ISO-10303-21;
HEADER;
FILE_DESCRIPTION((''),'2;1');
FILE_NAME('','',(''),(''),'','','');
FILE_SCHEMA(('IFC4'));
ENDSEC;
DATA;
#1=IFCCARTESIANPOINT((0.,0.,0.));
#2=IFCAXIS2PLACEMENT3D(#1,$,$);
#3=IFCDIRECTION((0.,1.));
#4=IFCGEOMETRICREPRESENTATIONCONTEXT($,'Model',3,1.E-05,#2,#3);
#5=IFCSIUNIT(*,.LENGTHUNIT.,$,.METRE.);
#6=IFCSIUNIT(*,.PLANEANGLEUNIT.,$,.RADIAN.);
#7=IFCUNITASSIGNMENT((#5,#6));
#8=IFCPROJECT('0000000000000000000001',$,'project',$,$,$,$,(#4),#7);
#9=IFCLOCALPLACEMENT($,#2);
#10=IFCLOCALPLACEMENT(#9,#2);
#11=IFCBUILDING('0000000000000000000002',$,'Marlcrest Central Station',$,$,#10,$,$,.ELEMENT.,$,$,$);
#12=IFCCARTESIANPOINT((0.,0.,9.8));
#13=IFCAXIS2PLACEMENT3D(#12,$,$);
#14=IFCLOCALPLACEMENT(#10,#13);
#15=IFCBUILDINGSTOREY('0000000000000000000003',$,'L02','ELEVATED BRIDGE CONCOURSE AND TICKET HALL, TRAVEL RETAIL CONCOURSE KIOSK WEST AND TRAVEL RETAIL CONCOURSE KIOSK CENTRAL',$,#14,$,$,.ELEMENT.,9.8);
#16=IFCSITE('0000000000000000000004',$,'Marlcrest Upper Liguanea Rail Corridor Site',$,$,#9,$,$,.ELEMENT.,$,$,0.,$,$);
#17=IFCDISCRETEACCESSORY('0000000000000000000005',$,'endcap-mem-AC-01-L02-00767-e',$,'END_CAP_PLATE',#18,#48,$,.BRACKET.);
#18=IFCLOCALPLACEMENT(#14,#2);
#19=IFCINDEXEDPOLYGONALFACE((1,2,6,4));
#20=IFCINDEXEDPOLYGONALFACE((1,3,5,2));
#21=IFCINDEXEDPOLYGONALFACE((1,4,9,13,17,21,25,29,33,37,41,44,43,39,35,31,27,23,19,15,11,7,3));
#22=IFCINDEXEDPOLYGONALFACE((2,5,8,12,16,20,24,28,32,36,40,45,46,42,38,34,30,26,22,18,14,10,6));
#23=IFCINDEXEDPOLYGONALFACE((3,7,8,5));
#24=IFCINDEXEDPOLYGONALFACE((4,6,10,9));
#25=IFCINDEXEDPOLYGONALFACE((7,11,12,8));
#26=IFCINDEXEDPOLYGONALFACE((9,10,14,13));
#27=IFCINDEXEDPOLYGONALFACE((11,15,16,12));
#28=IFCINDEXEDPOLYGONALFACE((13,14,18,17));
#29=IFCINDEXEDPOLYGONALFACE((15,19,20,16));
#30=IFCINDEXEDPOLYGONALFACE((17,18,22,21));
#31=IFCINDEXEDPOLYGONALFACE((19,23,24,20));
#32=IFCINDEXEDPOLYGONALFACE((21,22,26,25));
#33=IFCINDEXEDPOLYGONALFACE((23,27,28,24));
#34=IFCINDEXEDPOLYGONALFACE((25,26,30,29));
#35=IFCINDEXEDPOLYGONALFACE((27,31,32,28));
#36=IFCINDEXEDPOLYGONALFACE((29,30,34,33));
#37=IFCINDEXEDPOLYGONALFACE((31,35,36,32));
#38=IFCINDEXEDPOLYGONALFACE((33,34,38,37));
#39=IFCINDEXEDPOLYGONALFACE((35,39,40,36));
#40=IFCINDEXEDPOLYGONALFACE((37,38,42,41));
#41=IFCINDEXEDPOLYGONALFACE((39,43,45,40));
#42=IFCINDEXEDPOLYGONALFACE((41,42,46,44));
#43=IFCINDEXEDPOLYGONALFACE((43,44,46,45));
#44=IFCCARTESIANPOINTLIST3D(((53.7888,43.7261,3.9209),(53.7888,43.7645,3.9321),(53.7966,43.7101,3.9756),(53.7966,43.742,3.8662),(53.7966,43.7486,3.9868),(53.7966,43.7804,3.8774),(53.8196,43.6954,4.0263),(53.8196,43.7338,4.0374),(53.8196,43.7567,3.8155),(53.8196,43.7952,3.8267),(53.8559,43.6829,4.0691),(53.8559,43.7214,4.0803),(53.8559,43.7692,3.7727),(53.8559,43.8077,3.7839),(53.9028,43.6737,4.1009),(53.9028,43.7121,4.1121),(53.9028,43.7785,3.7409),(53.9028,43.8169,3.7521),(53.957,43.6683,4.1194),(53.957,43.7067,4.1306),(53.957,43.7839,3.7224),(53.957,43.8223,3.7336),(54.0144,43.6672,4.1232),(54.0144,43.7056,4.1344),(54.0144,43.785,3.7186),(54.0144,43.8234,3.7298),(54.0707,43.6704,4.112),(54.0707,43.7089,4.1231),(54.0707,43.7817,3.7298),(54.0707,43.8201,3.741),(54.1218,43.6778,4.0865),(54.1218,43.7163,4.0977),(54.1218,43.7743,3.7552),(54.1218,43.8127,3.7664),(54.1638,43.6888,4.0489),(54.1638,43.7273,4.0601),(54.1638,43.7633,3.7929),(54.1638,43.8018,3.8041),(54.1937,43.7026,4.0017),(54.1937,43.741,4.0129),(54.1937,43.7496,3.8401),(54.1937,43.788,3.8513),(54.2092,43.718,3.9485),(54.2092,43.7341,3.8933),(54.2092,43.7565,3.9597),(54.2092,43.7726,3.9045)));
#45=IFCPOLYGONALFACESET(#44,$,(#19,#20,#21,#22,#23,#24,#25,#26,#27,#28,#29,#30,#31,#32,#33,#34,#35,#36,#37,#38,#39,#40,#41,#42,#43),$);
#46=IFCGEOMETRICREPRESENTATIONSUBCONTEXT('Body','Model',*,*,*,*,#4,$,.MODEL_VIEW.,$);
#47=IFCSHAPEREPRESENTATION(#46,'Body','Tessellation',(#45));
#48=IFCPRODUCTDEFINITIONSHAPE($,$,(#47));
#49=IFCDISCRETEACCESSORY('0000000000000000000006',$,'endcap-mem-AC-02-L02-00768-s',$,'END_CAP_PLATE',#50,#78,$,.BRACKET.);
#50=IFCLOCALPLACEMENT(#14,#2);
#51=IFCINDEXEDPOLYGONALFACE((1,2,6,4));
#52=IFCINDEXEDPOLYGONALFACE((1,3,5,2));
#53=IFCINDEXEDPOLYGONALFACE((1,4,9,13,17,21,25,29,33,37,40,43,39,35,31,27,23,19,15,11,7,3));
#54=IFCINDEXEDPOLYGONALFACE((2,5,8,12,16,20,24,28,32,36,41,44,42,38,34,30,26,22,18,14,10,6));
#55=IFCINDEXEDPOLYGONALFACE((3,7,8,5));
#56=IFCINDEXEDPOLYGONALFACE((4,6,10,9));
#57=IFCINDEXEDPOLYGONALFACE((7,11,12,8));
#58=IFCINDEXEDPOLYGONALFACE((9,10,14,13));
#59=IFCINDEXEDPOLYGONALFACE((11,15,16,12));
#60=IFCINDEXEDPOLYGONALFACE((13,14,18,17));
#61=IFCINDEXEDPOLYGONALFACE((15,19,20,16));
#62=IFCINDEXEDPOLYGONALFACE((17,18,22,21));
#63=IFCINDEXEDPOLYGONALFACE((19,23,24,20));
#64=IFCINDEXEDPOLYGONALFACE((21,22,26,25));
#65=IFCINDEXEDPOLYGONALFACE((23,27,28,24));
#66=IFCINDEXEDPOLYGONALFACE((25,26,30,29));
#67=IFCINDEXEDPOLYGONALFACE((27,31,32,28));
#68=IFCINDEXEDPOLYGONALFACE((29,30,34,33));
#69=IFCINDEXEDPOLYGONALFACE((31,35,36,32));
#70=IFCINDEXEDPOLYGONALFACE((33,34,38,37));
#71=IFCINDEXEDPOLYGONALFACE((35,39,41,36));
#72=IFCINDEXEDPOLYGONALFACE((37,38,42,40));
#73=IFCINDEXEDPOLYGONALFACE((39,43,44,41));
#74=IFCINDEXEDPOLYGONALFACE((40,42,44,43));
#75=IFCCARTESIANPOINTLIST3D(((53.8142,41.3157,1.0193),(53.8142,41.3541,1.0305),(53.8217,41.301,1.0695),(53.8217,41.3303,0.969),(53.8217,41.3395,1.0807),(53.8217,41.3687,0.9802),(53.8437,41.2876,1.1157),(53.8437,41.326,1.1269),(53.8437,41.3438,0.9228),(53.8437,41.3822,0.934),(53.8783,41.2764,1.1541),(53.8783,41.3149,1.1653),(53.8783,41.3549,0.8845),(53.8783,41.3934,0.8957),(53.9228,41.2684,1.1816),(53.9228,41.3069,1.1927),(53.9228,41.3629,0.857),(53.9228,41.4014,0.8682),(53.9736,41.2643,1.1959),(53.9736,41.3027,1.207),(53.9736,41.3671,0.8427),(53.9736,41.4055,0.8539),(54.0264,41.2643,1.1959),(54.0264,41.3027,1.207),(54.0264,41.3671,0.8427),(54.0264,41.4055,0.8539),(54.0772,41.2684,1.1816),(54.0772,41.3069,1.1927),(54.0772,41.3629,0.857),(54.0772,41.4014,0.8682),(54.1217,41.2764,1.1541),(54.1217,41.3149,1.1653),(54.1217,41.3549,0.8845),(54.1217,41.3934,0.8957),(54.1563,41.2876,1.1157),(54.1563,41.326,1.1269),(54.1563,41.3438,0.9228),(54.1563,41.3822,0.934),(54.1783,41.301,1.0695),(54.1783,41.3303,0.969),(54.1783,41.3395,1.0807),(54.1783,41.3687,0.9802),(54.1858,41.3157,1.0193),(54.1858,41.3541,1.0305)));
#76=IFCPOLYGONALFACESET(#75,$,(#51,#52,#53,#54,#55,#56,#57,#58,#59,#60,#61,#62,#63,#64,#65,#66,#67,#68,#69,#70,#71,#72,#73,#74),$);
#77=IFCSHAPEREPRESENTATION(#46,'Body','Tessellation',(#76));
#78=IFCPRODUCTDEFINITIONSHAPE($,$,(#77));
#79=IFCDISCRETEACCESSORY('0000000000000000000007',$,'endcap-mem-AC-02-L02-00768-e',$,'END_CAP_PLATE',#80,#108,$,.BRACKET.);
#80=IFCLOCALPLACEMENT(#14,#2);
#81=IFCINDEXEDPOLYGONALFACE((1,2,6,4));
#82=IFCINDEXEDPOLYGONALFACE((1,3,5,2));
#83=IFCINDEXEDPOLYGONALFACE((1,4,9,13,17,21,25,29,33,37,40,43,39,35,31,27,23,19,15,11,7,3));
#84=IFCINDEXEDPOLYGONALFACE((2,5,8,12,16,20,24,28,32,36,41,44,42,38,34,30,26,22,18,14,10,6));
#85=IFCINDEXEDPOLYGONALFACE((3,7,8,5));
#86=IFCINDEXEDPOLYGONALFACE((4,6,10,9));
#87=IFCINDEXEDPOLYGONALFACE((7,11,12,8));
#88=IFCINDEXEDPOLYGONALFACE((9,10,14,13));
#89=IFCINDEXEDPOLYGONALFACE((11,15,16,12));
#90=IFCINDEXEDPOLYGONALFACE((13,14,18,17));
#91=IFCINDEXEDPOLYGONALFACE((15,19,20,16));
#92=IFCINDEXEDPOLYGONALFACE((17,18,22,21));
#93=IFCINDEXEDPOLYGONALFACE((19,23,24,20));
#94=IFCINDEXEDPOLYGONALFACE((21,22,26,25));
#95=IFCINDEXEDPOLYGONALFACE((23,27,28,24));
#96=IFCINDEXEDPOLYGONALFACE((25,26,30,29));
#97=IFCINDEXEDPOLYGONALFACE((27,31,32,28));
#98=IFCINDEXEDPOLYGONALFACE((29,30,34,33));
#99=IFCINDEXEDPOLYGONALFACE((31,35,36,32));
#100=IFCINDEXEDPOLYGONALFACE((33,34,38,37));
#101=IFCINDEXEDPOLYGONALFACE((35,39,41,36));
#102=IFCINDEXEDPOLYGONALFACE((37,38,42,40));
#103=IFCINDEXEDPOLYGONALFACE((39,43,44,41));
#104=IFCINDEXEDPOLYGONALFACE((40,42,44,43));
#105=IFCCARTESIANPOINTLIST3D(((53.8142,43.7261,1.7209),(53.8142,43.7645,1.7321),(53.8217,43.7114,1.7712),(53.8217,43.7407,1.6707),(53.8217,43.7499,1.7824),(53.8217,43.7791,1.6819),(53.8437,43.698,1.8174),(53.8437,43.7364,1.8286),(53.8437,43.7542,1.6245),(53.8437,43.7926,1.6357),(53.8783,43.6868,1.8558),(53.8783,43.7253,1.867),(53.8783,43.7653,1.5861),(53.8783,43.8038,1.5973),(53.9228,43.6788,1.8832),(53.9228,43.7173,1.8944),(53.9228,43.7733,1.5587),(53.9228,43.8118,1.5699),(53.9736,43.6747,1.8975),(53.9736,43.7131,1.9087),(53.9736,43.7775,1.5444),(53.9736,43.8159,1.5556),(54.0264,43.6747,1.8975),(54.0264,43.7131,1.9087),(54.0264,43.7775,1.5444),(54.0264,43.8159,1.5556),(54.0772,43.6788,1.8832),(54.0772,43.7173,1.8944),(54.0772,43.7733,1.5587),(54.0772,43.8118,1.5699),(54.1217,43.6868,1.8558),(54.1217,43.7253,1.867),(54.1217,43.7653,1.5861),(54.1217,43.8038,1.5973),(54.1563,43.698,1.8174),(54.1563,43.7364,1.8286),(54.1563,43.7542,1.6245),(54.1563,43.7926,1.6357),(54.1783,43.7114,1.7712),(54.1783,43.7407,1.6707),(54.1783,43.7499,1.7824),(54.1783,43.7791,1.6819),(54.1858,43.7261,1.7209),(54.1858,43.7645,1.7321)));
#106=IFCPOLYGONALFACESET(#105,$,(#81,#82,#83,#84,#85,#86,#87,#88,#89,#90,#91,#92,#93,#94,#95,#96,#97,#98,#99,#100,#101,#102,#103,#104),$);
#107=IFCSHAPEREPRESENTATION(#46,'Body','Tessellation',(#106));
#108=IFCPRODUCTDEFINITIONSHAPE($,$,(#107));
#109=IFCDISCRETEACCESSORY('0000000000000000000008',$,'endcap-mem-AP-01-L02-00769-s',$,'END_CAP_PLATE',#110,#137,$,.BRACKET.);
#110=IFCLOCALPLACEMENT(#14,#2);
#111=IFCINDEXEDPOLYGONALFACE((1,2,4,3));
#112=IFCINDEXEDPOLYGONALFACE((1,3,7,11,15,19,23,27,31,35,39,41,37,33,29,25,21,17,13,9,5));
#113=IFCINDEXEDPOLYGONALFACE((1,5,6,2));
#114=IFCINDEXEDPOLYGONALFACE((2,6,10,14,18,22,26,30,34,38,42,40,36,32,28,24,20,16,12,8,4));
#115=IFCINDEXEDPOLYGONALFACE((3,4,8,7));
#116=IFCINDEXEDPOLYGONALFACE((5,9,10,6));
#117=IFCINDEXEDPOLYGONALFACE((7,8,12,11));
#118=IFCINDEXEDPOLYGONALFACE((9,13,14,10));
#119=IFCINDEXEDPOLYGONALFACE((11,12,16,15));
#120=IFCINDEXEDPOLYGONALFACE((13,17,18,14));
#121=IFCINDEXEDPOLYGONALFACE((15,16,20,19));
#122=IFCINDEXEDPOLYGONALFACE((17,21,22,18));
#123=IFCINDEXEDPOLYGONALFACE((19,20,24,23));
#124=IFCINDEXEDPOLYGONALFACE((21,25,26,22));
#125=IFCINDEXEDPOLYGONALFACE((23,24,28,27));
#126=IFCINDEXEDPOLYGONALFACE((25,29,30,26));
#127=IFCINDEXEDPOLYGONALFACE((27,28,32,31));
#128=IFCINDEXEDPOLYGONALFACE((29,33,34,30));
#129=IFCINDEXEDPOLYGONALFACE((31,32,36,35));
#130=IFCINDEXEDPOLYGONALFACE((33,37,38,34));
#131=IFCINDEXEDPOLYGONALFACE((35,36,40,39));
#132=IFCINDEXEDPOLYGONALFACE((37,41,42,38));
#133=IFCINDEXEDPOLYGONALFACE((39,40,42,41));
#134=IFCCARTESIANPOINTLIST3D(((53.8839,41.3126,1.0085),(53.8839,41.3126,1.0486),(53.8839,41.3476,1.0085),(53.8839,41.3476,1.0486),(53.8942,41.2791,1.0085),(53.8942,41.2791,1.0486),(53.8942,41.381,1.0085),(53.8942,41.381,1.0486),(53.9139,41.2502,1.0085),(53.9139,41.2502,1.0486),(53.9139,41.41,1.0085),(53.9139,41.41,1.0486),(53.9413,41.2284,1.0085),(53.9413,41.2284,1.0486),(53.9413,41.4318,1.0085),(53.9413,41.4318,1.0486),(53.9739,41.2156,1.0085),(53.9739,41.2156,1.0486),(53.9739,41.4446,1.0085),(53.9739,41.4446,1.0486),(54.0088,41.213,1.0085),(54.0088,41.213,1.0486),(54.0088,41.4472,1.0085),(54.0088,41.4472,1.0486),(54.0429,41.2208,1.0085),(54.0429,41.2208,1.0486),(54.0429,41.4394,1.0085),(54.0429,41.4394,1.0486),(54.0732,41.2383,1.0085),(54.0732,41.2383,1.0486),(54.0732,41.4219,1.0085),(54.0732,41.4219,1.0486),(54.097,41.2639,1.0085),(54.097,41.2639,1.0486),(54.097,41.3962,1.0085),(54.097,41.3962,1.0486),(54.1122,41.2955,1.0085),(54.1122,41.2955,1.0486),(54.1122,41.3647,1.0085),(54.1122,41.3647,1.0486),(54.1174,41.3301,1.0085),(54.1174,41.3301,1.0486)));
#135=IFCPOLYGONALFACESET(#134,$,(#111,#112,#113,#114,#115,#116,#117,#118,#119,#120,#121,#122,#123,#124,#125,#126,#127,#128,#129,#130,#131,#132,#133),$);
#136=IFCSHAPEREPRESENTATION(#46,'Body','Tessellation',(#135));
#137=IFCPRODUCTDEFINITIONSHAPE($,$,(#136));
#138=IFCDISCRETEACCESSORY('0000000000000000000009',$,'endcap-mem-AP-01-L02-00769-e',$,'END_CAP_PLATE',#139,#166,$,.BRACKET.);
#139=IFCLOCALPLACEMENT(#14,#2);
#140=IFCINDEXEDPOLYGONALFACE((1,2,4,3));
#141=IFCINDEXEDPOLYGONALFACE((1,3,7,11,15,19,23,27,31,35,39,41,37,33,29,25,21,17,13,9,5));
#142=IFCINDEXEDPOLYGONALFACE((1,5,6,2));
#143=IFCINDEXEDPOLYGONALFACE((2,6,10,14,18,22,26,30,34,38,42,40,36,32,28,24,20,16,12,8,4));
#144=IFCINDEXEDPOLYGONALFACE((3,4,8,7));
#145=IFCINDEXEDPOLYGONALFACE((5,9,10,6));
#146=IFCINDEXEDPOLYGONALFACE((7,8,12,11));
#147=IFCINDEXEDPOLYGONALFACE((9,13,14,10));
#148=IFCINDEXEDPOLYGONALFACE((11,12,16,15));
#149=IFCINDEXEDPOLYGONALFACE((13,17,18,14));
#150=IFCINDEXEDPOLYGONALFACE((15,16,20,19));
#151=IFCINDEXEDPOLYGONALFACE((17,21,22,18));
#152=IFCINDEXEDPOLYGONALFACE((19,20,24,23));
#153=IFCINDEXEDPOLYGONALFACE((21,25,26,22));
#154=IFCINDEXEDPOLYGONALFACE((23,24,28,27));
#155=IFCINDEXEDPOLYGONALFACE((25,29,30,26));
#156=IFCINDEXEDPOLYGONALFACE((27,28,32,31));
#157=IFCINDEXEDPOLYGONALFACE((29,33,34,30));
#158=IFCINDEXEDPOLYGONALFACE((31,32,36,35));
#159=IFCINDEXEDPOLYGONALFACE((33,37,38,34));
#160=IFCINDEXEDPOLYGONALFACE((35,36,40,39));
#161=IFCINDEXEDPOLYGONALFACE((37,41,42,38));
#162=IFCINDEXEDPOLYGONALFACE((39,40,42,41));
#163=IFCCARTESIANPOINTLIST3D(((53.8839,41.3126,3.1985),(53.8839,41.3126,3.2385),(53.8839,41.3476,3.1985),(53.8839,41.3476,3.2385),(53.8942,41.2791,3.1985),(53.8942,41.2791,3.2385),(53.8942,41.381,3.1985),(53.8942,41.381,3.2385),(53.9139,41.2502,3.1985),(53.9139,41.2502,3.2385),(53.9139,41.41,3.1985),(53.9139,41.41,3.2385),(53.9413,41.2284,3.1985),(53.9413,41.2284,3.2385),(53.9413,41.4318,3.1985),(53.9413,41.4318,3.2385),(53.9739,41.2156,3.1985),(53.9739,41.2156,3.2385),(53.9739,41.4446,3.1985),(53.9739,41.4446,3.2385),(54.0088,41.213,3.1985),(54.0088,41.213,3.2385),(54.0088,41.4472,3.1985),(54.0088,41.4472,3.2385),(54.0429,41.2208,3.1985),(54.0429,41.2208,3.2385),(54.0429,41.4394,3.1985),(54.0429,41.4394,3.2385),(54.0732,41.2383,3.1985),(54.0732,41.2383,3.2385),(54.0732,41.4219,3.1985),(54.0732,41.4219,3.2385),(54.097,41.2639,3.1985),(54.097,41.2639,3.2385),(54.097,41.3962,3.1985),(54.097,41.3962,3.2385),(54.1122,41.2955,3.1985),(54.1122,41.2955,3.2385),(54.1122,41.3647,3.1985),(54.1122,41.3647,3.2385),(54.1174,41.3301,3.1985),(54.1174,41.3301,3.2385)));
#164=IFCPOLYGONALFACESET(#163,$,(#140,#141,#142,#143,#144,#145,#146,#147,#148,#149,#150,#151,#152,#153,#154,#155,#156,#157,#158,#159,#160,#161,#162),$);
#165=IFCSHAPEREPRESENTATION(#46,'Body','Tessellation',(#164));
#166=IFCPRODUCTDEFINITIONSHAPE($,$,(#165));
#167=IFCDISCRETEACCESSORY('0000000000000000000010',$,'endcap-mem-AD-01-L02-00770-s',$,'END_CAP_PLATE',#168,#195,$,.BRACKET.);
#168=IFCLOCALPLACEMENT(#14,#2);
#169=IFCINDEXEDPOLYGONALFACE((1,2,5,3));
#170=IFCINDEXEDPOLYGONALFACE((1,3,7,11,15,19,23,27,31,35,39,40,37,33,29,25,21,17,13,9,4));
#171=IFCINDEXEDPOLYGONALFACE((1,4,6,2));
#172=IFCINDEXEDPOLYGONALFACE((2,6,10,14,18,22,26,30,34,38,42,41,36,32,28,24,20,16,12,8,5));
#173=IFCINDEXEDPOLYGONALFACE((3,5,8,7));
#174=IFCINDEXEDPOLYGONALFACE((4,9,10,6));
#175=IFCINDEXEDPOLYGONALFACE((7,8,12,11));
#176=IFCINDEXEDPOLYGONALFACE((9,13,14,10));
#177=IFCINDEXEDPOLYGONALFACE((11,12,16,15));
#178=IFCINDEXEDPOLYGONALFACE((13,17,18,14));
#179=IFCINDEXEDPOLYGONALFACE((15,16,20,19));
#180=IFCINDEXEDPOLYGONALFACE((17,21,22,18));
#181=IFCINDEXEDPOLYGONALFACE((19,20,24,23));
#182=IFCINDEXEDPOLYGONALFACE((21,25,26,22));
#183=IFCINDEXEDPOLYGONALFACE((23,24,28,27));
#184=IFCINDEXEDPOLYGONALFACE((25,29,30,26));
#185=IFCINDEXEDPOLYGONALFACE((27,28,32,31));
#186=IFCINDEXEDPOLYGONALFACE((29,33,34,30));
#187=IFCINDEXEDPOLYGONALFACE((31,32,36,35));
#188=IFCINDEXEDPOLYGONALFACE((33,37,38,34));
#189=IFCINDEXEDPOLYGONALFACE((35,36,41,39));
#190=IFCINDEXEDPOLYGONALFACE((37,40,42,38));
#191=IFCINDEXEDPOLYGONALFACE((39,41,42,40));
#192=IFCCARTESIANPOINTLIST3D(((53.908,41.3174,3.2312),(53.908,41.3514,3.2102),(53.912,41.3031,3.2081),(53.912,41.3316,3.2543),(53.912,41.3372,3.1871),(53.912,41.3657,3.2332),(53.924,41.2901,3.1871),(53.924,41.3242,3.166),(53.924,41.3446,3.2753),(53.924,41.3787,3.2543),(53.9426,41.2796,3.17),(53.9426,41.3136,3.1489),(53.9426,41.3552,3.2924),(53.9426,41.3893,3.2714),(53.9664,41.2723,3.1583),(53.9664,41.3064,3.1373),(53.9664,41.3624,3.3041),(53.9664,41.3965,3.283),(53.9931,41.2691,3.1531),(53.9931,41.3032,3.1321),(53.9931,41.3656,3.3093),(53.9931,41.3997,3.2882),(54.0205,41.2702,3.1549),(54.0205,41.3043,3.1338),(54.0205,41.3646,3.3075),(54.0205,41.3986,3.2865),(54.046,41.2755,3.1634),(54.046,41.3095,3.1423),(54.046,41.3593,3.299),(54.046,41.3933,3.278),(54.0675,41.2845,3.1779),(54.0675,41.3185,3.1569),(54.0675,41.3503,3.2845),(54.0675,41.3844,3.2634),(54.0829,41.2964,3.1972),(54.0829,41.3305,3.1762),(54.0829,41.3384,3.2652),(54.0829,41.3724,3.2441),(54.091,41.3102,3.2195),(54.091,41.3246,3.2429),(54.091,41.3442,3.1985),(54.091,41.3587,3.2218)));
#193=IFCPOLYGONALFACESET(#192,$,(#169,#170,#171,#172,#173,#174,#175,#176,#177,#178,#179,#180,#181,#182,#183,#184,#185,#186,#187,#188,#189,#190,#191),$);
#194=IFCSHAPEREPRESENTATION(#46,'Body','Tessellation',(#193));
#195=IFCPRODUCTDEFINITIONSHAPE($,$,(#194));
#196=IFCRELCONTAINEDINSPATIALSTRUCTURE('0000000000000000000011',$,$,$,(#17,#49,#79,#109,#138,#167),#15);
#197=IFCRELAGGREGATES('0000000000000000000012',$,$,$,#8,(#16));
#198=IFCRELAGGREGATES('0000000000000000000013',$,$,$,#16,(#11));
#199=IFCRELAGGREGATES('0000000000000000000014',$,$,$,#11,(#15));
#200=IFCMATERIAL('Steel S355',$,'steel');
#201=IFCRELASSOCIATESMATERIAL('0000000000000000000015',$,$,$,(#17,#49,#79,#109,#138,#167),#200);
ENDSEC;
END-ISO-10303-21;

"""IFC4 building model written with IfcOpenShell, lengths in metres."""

from ifc_helpers import new_model, si_unit, direction, frame, origin, origin_2d, place, context, subcontext, project, spatial, circle, extrude, material, element, save


model = new_model("IFC4")

# Units and contexts
model_context = context("Model", 3, precision=1e-05, world=origin(), true_north=direction((0.0, 1.0)))
body_context = subcontext(model_context, "Body", "Model", "MODEL_VIEW")
ifc_project = project(units=[si_unit("LENGTHUNIT", "METRE"), si_unit("PLANEANGLEUNIT", "RADIAN")], contexts=[model_context])

# Site, building, storey
site_placement = place(None, origin())
site = spatial("IfcSite", under=ifc_project, at=site_placement, Name="Marlcrest Upper Liguanea Rail Corridor Site", CompositionType="ELEMENT", RefElevation=0.0)
building_placement = place(site_placement, origin())
building = spatial("IfcBuilding", under=site, at=building_placement, Name="Marlcrest Central Station", CompositionType="ELEMENT")
storey_placement = place(building_placement, frame((0.0, 0.0, 9.8)))
storey = spatial("IfcBuildingStorey", under=building, at=storey_placement, Name="L02", Description="ELEVATED BRIDGE CONCOURSE AND TICKET HALL, TRAVEL RETAIL CONCOURSE KIOSK WEST AND TRAVEL RETAIL CONCOURSE KIOSK CENTRAL", CompositionType="ELEMENT", Elevation=9.8)

# Shared definitions
ifc_material_1 = material(Name="Steel S355", Category="steel")

# Discrete accessories
discrete_accessory_1_placement = place(storey_placement, frame((54.0, 43.7261, 3.9209), z_axis=(0.0, 0.96013, 0.279554), x_axis=(-1.0, 0.0, 0.0)))
element("IfcDiscreteAccessory", 1, at=discrete_accessory_1_placement, inside=storey, material=ifc_material_1, Name="endcap-mem-AC-01-L02-00767-e", ObjectType="END_CAP_PLATE", PredefinedType="BRACKET", context=body_context, shape_type="SweptSolid", body=[
    extrude(circle(Radius=0.2112, at=origin_2d()), origin(), (0.0, 0.0, 1.0), 0.04),
])
for number, where, z_axis, x_axis, name in (
    (2, (54.0, 41.3157, 1.0193), (0.0, 0.96013, 0.279554), (-1.0, 0.0, 0.0), "endcap-mem-AC-02-L02-00768-s"),
    (3, (54.0, 43.7261, 1.7209), (0.0, 0.96013, 0.279554), (-1.0, 0.0, 0.0), "endcap-mem-AC-02-L02-00768-e"),
):
    element("IfcDiscreteAccessory", number, at=place(storey_placement, frame(where, z_axis=z_axis, x_axis=x_axis)), inside=storey, material=ifc_material_1, Name=name, ObjectType="END_CAP_PLATE", PredefinedType="BRACKET", context=body_context, shape_type="SweptSolid", body=[
        extrude(circle(Radius=0.1858, at=origin_2d()), origin(), (0.0, 0.0, 1.0), 0.04),
    ])
for number, where, z_axis, x_axis, name in (
    (4, (54.0, 41.3301, 1.0085), (0.0, 0.0, 1.0), (1.0, 0.0, 0.0), "endcap-mem-AP-01-L02-00769-s"),
    (5, (54.0, 41.3301, 3.1985), (0.0, 0.0, 1.0), (1.0, 0.0, 0.0), "endcap-mem-AP-01-L02-00769-e"),
):
    element("IfcDiscreteAccessory", number, at=place(storey_placement, frame(where, z_axis=z_axis, x_axis=x_axis)), inside=storey, material=ifc_material_1, Name=name, ObjectType="END_CAP_PLATE", PredefinedType="BRACKET", context=body_context, shape_type="SweptSolid", body=[
        extrude(circle(Radius=0.1174, at=origin_2d()), origin(), (0.0, 0.0, 1.0), 0.04),
    ])
for number, where, z_axis, x_axis, name in (
    (6, (54.0, 41.3174, 3.2312), (0.0, 0.850687, -0.525672), (-1.0, 0.0, 0.0), "endcap-mem-AD-01-L02-00770-s"),
):
    element("IfcDiscreteAccessory", number, at=place(storey_placement, frame(where, z_axis=z_axis, x_axis=x_axis)), inside=storey, material=ifc_material_1, Name=name, ObjectType="END_CAP_PLATE", PredefinedType="BRACKET", context=body_context, shape_type="SweptSolid", body=[
        extrude(circle(Radius=0.092, at=origin_2d()), origin(), (0.0, 0.0, 1.0), 0.04),
    ])

save(model, "model.ifc")
